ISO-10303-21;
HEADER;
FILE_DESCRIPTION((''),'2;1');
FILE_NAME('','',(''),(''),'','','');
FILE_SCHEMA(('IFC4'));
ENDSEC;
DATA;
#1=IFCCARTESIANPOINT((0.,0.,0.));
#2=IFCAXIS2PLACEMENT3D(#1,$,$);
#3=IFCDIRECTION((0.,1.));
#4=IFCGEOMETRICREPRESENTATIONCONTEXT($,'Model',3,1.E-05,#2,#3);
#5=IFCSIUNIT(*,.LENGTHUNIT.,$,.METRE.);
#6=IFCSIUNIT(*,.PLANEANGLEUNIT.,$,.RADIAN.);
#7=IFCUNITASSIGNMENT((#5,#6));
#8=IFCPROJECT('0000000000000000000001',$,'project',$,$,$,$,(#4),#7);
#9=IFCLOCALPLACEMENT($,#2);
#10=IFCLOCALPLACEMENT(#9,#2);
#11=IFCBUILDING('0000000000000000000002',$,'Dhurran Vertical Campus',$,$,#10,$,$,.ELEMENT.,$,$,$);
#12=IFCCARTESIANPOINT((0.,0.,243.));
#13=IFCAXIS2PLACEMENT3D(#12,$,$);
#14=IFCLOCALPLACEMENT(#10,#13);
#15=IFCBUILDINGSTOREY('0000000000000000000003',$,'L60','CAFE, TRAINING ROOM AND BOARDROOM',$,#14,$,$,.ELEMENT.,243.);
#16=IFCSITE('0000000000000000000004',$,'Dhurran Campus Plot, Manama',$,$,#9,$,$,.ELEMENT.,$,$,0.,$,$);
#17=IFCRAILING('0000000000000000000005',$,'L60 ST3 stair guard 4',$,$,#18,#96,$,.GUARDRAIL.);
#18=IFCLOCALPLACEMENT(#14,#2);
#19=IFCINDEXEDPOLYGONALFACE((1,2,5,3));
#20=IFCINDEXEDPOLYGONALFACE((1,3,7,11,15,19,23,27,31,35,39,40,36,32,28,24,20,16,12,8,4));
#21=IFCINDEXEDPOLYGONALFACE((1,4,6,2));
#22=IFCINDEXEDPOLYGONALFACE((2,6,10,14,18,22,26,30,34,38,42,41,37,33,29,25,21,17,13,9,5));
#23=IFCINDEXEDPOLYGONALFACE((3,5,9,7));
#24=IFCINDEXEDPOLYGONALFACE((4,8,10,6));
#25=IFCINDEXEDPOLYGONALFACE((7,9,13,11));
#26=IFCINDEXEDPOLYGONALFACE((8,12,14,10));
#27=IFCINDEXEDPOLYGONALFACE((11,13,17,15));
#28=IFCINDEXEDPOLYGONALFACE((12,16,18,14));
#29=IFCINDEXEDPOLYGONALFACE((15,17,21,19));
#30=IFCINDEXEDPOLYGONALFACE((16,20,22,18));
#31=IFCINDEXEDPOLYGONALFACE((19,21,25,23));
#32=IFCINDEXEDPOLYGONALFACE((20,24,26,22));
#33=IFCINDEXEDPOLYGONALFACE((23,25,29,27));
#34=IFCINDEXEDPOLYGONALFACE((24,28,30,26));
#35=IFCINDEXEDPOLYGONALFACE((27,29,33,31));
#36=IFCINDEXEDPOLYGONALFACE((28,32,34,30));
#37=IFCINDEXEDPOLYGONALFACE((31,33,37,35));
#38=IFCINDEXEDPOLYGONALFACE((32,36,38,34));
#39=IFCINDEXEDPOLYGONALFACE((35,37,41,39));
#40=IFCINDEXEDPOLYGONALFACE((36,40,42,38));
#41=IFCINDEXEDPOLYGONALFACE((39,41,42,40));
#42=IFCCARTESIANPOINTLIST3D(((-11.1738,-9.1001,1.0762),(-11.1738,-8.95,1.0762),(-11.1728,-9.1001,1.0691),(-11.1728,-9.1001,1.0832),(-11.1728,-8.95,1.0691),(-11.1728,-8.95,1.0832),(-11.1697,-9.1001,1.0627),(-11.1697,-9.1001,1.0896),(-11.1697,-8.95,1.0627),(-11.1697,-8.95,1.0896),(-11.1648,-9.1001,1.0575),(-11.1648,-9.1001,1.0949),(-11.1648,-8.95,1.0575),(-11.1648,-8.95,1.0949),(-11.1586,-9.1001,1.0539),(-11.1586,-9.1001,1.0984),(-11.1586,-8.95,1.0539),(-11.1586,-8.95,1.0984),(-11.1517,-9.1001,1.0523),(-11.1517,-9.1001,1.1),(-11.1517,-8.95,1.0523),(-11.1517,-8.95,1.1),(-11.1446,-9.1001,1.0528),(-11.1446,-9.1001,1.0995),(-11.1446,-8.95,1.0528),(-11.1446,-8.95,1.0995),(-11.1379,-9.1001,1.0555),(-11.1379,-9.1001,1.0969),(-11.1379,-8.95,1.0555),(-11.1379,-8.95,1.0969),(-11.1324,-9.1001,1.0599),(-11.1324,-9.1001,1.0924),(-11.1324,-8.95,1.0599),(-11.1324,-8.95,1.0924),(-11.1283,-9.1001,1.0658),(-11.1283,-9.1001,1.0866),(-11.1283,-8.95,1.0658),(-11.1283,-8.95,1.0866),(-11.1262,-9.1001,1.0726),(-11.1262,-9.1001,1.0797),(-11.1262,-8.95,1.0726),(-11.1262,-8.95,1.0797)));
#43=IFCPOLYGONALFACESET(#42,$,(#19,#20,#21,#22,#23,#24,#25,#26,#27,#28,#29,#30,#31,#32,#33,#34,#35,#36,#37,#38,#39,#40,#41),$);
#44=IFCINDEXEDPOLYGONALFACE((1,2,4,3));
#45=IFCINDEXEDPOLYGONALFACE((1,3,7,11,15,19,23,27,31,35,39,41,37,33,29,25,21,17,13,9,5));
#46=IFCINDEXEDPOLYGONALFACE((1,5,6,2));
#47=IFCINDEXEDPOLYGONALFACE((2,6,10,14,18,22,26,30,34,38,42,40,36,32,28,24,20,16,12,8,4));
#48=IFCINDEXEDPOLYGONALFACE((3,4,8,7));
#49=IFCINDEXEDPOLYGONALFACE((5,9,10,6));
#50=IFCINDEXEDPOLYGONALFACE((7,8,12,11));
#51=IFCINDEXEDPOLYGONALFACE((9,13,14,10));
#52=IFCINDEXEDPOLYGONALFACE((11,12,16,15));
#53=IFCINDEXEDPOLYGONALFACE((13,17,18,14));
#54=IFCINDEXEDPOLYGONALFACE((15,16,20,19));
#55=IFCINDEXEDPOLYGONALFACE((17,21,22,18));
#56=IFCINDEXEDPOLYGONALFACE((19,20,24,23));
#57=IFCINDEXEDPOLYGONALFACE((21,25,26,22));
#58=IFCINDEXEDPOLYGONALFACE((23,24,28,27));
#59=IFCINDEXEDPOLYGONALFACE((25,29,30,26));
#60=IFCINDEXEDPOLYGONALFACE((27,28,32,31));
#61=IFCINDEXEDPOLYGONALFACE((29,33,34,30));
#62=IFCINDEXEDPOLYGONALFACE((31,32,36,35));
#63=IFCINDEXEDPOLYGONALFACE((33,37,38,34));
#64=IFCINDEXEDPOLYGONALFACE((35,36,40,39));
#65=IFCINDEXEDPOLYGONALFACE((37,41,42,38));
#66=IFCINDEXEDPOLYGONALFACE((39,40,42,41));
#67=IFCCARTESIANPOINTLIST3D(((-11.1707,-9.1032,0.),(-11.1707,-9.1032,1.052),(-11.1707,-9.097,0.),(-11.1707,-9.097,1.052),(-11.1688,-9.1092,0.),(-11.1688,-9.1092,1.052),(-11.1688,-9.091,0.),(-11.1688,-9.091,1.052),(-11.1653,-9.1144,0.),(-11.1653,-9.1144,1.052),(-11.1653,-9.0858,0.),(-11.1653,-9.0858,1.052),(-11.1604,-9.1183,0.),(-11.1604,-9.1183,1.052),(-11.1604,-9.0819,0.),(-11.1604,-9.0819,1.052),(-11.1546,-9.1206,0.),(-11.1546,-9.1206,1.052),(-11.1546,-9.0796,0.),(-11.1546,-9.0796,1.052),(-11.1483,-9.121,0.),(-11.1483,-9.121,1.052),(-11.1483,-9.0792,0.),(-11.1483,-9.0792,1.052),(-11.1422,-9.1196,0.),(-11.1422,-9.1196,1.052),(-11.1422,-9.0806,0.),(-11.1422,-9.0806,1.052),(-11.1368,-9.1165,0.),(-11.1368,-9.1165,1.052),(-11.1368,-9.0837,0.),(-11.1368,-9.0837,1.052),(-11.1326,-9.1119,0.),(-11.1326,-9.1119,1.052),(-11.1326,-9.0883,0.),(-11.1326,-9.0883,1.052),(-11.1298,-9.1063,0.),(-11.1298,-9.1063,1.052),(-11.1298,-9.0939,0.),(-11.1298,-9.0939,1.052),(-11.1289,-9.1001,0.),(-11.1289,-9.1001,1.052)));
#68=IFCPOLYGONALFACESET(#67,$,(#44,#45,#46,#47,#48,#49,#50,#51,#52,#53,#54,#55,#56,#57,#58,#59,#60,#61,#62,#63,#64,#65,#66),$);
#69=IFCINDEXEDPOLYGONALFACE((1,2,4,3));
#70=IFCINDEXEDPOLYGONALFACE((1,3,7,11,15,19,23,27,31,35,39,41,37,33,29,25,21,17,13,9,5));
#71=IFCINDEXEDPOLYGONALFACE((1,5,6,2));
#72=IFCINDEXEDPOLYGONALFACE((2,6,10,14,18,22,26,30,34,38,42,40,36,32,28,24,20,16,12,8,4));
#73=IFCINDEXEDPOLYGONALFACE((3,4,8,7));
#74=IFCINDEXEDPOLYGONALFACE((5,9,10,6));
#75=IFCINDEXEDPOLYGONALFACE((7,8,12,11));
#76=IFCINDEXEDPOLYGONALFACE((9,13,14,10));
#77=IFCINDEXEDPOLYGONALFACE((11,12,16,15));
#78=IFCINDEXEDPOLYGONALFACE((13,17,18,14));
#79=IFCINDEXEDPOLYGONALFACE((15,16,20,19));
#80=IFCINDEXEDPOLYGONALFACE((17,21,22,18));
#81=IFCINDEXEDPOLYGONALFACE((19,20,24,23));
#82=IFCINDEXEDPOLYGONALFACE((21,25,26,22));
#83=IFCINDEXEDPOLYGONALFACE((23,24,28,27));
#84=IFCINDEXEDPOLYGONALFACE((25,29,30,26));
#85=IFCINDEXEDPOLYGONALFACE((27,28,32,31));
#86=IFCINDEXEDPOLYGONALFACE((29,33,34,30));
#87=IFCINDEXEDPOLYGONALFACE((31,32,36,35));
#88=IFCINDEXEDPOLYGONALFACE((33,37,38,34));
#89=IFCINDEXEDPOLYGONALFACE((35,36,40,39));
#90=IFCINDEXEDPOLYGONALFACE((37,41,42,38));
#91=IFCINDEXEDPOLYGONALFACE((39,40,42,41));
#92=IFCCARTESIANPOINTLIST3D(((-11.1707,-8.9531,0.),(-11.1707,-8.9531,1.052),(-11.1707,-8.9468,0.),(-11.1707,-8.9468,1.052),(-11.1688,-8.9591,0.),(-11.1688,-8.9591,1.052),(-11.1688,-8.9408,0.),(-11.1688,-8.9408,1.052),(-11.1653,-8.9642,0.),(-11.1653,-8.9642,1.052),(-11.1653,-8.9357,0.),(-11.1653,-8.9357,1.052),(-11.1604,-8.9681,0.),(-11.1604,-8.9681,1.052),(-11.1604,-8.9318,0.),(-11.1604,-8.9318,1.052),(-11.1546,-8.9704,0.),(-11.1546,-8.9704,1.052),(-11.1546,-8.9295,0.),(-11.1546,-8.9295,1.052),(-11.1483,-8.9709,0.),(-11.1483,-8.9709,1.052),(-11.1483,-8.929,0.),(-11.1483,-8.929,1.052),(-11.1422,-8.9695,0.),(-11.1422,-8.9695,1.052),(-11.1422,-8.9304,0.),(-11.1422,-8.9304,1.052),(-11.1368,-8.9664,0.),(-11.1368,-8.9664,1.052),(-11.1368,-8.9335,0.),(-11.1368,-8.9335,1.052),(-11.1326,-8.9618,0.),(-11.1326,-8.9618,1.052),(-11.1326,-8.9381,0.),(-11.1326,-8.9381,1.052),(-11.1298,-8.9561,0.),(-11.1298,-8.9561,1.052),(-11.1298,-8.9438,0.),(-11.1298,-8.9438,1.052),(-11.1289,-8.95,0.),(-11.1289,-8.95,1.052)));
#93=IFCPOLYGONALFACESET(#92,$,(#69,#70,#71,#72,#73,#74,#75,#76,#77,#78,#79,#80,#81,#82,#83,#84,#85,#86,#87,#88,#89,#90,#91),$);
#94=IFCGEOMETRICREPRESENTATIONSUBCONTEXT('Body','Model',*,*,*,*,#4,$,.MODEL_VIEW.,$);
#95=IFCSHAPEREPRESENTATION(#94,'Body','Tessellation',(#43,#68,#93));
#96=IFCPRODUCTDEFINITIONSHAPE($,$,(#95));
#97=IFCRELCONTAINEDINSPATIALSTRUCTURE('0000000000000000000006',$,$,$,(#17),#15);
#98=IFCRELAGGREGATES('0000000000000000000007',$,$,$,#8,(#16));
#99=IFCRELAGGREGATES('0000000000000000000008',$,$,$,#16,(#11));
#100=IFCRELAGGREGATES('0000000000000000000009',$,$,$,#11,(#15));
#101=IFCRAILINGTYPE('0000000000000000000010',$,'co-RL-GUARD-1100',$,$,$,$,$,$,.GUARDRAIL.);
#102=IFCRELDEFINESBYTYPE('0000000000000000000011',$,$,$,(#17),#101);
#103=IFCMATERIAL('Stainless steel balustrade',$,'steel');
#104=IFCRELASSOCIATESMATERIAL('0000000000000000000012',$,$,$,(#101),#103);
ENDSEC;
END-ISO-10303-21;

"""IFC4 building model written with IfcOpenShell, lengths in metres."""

from ifc_helpers import new_model, si_unit, direction, frame, origin, origin_2d, place, context, subcontext, project, spatial, circle, extrude, material, type_object, element, save


model = new_model("IFC4")

# Units and contexts
model_context = context("Model", 3, precision=1e-05, world=origin(), true_north=direction((0.0, 1.0)))
body_context = subcontext(model_context, "Body", "Model", "MODEL_VIEW")
ifc_project = project(units=[si_unit("LENGTHUNIT", "METRE"), si_unit("PLANEANGLEUNIT", "RADIAN")], contexts=[model_context])

# Site, building, storey
site_placement = place(None, origin())
site = spatial("IfcSite", under=ifc_project, at=site_placement, Name="Dhurran Campus Plot, Manama", CompositionType="ELEMENT", RefElevation=0.0)
building_placement = place(site_placement, origin())
building = spatial("IfcBuilding", under=site, at=building_placement, Name="Dhurran Vertical Campus", CompositionType="ELEMENT")
storey_placement = place(building_placement, frame((0.0, 0.0, 243.0)))
storey = spatial("IfcBuildingStorey", under=building, at=storey_placement, Name="L60", Description="CAFE, TRAINING ROOM AND BOARDROOM", CompositionType="ELEMENT", Elevation=243.0)

# Railing
ifc_material_1 = material(Name="Stainless steel balustrade", Category="steel")
railing_type_1 = type_object("IfcRailingType", Name="co-RL-GUARD-1100", PredefinedType="GUARDRAIL", material=ifc_material_1)
railing_1_placement = place(storey_placement, frame((-11.1499, -9.1001, 0.0)))
element("IfcRailing", 1, at=railing_1_placement, inside=storey, type_object=railing_type_1, Name="L60 ST3 stair guard 4", PredefinedType="GUARDRAIL", context=body_context, shape_type="SweptSolid", body=[
    extrude(circle(Radius=0.0239, at=origin_2d()), frame((0.0, 0.0, 1.0762), z_axis=(0.0, 1.0, 0.0), x_axis=(-1.0, 0.0, 0.0)), (0.0, 0.0, 1.0), 0.1501),
    extrude(circle(Radius=0.021, at=origin_2d()), origin(), (0.0, 0.0, 1.0), 1.052),
    extrude(circle(Radius=0.021, at=origin_2d()), frame((0.0, 0.1501, 0.0)), (0.0, 0.0, 1.0), 1.052),
])

save(model, "model.ifc")
